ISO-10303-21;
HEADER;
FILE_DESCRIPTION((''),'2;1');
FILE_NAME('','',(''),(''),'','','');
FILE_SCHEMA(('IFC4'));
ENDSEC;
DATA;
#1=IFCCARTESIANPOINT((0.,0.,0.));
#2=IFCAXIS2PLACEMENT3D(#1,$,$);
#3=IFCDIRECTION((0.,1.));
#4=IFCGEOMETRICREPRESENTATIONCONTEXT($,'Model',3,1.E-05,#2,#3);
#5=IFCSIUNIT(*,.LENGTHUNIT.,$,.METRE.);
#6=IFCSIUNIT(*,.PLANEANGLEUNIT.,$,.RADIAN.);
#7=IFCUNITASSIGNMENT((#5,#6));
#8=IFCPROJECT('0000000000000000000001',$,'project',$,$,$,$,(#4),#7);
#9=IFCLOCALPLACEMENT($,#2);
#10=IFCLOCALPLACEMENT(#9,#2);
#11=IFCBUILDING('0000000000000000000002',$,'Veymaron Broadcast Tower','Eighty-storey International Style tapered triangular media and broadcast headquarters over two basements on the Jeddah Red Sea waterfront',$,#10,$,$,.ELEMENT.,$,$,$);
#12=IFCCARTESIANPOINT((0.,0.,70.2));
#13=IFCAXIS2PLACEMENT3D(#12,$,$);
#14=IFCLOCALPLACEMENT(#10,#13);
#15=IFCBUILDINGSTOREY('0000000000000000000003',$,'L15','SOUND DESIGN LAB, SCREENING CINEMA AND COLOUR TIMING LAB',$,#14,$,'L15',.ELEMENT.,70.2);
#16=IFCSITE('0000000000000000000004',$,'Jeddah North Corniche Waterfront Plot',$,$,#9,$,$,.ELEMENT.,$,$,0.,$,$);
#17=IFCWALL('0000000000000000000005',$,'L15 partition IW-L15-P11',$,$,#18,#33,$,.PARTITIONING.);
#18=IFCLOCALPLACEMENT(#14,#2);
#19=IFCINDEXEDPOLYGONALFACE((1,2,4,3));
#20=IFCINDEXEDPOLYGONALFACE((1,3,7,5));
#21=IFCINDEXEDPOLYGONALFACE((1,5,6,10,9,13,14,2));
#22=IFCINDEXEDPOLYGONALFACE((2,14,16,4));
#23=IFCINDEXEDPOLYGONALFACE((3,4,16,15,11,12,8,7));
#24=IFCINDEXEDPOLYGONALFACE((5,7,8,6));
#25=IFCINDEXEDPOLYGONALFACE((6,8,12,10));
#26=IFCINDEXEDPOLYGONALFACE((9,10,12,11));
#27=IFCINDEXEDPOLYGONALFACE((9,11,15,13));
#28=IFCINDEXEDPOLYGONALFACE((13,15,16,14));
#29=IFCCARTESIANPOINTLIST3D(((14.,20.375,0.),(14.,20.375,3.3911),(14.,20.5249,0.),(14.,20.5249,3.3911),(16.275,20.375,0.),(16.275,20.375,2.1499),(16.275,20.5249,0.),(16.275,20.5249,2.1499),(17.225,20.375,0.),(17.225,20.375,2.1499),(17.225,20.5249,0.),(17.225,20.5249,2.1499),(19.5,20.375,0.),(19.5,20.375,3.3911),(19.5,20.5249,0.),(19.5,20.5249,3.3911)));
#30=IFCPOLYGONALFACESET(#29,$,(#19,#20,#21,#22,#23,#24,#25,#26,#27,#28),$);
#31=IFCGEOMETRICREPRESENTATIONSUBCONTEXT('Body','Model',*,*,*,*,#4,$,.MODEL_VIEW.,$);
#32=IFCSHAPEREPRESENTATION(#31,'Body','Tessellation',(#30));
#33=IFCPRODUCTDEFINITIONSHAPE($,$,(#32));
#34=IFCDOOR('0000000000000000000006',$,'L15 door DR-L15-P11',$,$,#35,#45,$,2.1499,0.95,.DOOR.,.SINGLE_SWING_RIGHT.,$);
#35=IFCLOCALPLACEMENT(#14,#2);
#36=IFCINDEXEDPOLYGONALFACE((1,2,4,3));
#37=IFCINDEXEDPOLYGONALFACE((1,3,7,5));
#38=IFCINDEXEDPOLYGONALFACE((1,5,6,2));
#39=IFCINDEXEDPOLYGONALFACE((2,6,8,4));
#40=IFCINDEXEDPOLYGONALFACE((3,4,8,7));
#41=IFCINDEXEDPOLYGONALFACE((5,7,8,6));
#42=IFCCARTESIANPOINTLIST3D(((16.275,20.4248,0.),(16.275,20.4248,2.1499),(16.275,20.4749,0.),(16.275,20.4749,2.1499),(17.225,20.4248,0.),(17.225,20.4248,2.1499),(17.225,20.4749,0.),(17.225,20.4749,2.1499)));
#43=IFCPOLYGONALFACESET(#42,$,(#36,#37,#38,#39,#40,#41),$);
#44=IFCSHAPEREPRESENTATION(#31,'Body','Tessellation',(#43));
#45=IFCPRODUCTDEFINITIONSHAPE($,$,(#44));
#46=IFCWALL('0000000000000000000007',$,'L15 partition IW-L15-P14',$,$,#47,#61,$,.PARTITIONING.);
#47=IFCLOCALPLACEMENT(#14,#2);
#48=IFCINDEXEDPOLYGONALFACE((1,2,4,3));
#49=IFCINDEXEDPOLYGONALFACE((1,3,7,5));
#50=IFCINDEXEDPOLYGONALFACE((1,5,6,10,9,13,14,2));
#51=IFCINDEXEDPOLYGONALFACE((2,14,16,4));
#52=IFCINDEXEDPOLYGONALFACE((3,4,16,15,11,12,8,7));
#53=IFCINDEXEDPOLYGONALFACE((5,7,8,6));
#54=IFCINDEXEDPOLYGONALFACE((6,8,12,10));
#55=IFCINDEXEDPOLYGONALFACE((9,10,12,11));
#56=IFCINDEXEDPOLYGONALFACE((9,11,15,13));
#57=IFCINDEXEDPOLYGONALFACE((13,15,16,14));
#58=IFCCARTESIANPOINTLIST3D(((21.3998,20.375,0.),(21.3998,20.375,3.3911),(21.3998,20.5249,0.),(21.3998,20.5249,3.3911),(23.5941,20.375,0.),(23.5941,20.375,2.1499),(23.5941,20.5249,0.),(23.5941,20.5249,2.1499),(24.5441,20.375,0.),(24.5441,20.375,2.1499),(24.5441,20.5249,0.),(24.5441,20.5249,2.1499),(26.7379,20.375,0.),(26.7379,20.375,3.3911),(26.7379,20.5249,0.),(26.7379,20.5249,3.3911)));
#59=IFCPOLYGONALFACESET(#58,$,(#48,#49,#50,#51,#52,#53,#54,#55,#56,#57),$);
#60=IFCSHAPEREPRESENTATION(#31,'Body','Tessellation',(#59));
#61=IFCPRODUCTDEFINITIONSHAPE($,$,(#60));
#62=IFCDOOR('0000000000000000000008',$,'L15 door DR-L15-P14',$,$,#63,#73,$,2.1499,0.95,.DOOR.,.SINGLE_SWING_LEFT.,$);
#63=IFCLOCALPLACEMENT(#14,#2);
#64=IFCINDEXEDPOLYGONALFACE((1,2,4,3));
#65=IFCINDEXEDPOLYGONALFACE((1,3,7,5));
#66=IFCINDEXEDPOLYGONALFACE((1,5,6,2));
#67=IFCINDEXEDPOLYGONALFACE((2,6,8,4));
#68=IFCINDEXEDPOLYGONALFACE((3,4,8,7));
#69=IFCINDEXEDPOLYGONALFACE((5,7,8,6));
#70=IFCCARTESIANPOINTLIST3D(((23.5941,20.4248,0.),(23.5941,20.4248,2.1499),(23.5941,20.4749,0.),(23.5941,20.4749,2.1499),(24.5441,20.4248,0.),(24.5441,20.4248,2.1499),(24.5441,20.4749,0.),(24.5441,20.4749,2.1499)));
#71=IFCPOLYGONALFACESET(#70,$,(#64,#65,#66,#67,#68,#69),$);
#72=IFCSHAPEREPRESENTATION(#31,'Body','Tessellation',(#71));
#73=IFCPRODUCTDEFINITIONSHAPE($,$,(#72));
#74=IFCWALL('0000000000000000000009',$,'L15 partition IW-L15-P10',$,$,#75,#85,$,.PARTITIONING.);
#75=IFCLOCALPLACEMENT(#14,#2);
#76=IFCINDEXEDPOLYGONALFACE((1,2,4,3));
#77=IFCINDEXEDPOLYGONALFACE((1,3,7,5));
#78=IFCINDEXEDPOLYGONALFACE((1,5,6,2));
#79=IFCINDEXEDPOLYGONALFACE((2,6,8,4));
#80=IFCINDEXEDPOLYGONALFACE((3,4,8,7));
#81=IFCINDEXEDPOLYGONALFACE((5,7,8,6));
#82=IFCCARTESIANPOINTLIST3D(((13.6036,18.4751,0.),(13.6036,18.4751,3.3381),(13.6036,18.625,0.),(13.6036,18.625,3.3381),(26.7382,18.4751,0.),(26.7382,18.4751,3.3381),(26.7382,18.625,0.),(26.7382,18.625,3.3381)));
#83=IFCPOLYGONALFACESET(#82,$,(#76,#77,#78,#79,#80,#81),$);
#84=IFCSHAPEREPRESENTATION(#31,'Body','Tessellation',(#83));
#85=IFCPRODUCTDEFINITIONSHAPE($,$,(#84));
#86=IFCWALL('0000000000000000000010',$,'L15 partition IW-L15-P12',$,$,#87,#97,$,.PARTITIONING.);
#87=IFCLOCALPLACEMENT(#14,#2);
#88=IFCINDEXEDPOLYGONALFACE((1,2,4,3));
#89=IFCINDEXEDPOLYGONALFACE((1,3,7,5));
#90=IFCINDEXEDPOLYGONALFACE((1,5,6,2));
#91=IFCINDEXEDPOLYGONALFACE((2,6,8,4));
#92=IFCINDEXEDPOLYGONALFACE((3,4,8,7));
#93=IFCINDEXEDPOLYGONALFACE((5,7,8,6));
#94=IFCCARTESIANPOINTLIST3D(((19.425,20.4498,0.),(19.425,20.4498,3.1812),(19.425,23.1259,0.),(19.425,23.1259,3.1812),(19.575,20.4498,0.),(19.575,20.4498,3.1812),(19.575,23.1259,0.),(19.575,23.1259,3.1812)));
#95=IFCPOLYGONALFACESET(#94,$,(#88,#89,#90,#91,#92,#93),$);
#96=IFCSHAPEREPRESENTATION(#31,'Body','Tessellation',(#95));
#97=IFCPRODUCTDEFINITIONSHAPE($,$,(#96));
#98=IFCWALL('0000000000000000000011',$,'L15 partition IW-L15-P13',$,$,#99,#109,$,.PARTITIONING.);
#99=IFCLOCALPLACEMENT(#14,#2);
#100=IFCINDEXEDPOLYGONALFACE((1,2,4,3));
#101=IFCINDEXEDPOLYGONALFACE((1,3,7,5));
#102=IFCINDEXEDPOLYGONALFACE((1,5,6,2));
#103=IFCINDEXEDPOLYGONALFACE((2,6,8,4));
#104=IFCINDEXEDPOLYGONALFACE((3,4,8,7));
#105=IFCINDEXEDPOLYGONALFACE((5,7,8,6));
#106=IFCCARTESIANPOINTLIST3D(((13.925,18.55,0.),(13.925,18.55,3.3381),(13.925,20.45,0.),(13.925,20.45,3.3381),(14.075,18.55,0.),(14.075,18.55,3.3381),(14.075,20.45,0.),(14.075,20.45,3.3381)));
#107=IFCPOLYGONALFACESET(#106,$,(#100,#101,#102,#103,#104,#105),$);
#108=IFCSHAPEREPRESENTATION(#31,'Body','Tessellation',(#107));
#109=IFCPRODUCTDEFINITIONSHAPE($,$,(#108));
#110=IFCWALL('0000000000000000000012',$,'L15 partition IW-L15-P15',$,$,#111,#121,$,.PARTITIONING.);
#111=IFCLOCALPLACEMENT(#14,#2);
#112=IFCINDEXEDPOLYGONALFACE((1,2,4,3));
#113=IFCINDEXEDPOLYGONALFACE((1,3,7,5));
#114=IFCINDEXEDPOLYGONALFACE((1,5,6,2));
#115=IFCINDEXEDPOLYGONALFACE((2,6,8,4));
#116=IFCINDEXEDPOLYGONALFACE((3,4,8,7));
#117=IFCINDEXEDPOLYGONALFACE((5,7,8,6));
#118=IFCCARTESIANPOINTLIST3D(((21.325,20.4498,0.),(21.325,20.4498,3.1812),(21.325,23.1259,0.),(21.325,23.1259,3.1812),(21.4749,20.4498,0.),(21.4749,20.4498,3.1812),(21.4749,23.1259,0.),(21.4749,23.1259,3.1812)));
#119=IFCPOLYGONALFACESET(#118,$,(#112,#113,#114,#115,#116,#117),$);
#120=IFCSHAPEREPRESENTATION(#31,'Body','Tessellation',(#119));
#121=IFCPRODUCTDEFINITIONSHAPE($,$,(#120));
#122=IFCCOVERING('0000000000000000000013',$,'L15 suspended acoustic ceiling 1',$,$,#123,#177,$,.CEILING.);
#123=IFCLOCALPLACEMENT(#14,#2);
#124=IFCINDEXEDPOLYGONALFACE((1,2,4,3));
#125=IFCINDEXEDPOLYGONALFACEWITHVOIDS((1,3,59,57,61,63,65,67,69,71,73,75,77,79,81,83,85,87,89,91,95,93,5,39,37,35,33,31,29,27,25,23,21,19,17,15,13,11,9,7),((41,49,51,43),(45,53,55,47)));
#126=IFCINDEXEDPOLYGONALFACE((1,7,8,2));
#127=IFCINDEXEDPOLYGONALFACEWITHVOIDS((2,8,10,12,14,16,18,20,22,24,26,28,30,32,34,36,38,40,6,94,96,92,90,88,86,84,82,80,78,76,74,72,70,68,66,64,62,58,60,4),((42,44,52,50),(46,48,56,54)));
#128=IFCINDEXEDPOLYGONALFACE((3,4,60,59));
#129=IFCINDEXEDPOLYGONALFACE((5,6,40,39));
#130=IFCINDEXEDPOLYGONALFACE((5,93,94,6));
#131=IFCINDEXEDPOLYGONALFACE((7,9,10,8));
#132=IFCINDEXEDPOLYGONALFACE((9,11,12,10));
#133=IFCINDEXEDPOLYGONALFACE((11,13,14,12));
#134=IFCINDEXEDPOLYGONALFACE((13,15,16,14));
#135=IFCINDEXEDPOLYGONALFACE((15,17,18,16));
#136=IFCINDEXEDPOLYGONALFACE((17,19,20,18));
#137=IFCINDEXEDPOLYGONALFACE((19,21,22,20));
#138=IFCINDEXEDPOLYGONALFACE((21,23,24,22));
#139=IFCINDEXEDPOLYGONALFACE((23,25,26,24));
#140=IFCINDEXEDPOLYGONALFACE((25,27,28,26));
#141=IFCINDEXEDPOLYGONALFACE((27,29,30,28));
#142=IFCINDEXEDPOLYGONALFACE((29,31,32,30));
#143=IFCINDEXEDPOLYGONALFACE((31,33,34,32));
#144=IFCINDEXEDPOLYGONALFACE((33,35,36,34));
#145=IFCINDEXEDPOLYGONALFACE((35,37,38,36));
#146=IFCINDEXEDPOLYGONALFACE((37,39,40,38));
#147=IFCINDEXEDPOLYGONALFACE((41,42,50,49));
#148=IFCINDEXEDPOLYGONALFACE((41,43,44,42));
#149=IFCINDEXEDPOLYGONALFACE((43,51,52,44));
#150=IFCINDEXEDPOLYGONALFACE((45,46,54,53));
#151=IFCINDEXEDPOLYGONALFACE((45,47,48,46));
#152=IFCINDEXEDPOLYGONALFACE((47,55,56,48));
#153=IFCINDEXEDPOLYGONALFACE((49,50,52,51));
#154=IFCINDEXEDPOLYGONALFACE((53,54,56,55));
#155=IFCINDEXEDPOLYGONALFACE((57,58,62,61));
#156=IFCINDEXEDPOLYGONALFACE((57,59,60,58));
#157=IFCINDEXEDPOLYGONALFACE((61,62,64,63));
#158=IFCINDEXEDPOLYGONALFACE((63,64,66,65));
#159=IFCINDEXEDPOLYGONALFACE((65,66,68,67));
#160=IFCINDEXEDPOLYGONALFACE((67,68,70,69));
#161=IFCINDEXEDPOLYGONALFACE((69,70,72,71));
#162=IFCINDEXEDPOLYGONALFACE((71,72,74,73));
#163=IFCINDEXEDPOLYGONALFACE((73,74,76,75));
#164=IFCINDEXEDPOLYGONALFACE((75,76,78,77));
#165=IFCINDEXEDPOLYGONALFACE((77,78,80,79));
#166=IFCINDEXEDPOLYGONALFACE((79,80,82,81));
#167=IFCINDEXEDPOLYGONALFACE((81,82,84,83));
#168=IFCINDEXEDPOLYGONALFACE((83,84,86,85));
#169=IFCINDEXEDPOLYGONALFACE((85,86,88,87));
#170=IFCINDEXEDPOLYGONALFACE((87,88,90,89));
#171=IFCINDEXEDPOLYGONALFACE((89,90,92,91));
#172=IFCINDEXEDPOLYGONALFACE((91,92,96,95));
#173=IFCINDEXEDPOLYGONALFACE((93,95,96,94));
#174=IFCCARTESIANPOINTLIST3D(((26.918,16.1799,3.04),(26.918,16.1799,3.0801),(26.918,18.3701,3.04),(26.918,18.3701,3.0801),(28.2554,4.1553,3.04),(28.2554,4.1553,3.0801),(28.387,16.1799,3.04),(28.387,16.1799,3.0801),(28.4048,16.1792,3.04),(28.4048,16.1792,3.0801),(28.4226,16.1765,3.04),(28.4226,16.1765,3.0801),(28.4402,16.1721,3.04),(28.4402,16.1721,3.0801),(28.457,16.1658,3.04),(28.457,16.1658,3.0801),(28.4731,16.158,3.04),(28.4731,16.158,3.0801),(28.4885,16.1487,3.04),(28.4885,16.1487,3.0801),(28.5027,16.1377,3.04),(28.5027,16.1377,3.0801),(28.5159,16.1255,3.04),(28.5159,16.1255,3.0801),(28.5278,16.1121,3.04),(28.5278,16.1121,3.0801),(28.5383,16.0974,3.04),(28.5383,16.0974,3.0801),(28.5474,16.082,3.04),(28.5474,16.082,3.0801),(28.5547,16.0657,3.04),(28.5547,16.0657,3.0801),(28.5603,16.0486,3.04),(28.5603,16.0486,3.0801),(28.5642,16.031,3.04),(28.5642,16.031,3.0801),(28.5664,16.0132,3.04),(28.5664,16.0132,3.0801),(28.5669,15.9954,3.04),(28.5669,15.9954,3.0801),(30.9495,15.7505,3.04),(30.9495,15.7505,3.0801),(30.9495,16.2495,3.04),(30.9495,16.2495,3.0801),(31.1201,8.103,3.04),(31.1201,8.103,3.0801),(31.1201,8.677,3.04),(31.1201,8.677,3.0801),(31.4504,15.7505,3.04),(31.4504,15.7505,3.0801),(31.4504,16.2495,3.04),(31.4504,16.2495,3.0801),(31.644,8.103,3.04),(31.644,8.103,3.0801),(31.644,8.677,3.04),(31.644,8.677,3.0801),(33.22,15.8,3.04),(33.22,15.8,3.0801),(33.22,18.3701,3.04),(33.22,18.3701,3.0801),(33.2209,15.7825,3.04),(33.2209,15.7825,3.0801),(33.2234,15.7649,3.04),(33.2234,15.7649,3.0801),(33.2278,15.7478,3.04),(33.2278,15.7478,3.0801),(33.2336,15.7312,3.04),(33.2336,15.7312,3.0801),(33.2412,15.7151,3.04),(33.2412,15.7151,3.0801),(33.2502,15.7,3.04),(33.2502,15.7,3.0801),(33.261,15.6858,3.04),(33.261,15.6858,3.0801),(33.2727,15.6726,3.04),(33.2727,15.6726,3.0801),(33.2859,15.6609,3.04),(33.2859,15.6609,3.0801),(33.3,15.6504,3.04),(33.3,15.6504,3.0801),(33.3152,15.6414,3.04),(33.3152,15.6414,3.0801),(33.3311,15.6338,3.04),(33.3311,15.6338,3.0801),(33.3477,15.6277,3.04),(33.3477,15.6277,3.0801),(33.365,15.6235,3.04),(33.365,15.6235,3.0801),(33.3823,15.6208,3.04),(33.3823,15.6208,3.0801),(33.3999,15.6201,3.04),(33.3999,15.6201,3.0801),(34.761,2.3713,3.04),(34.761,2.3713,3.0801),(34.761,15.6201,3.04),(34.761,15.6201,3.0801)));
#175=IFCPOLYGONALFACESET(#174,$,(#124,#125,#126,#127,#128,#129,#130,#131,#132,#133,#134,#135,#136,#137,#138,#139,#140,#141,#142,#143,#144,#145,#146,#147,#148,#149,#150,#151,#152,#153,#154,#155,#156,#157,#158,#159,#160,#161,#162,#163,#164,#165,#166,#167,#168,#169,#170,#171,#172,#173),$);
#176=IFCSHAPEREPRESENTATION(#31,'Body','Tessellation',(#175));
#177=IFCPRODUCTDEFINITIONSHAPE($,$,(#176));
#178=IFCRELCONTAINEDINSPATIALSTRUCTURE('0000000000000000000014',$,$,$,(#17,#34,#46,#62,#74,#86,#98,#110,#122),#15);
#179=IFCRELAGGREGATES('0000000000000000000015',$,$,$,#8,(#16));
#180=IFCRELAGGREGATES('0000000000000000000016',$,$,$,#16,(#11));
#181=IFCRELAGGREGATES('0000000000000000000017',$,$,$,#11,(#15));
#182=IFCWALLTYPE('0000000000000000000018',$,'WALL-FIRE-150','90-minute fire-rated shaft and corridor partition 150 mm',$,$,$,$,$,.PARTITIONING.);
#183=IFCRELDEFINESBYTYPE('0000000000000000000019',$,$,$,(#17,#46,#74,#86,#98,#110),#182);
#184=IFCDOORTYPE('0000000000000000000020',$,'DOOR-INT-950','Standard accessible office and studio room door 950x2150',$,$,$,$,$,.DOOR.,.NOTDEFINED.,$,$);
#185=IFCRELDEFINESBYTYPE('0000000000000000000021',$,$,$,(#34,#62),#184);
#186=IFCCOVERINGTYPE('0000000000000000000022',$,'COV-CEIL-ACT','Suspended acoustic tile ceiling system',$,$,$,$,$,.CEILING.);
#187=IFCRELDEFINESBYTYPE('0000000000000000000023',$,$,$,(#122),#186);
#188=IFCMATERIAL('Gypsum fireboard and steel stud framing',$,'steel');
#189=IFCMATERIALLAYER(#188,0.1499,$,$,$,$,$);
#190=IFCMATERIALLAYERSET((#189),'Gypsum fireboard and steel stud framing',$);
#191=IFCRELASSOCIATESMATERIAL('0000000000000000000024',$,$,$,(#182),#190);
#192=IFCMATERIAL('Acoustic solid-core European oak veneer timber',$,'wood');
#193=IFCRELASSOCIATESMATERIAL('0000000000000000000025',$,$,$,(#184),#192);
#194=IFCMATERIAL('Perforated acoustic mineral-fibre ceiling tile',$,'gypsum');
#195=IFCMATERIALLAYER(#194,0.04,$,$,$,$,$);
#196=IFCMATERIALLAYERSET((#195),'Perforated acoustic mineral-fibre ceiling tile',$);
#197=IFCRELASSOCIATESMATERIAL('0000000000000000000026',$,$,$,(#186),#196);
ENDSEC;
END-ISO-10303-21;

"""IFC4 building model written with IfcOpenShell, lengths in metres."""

from ifc_helpers import new_model, si_unit, direction, frame, frame_2d, origin, place, context, subcontext, project, spatial, polyline, rectangle, outline, extrude, material, layer, layer_set, type_object, element, fill, save


model = new_model("IFC4")

# Units and contexts
model_context = context("Model", 3, precision=1e-05, world=origin(), true_north=direction((0.0, 1.0)))
body_context = subcontext(model_context, "Body", "Model", "MODEL_VIEW")
ifc_project = project(units=[si_unit("LENGTHUNIT", "METRE"), si_unit("PLANEANGLEUNIT", "RADIAN")], contexts=[model_context])

# Site, building, storey
site_placement = place(None, origin())
site = spatial("IfcSite", under=ifc_project, at=site_placement, Name="Jeddah North Corniche Waterfront Plot", CompositionType="ELEMENT", RefElevation=0.0)
building_placement = place(site_placement, origin())
building = spatial("IfcBuilding", under=site, at=building_placement, Name="Veymaron Broadcast Tower", Description="Eighty-storey International Style tapered triangular media and broadcast headquarters over two basements on the Jeddah Red Sea waterfront", CompositionType="ELEMENT")
storey_placement = place(building_placement, frame((0.0, 0.0, 70.2)))
storey = spatial("IfcBuildingStorey", under=building, at=storey_placement, Name="L15", Description="SOUND DESIGN LAB, SCREENING CINEMA AND COLOUR TIMING LAB", LongName="L15", CompositionType="ELEMENT", Elevation=70.2)

# Walls, openings, doors
ifc_material_1 = material(Name="Gypsum fireboard and steel stud framing", Category="steel")
ifc_layer_1 = layer(ifc_material_1, 0.1499)
ifc_layer_set_1 = layer_set([ifc_layer_1], Name="Gypsum fireboard and steel stud framing")
wall_type = type_object("IfcWallType", Name="WALL-FIRE-150", Description="90-minute fire-rated shaft and corridor partition 150 mm", PredefinedType="PARTITIONING", material=ifc_layer_set_1)
wall_1_placement = place(storey_placement, frame((14.0, 20.45, 0.0), z_axis=(0.0, 0.0, 1.0), x_axis=(1.0, 0.0, 0.0)))
wall_1 = element("IfcWall", 1, at=wall_1_placement, inside=storey, type_object=wall_type, Name="L15 partition IW-L15-P11", PredefinedType="PARTITIONING", context=body_context, shape_type="SweptSolid", body=[
    extrude(rectangle(XDim=5.5, YDim=0.1499, at=frame_2d((2.75, 0.0))), origin(), (0.0, 0.0, 1.0), 3.3911),
])
opening_1_placement = place(wall_1_placement, frame((2.2749, 0.0, 0.0)))
opening_1 = element("IfcOpeningElement", 2, at=opening_1_placement, cuts=wall_1, PredefinedType="OPENING", context=body_context, shape_type="SweptSolid", body=[
    extrude(rectangle(XDim=0.95, YDim=2.1499, at=frame_2d((0.4751, 1.075))), frame((0.0, 0.085, 0.0), z_axis=(0.0, -1.0, 0.0), x_axis=(1.0, 0.0, 0.0)), (0.0, 0.0, 1.0), 0.1699),
])
ifc_material_2 = material(Name="Acoustic solid-core European oak veneer timber", Category="wood")
door_type = type_object("IfcDoorType", Name="DOOR-INT-950", Description="Standard accessible office and studio room door 950x2150", OperationType="NOTDEFINED", PredefinedType="DOOR", material=ifc_material_2)
door_1_placement = place(opening_1_placement, origin())
door_1 = element("IfcDoor", 3, at=door_1_placement, inside=storey, type_object=door_type, Name="L15 door DR-L15-P11", OperationType="SINGLE_SWING_RIGHT", OverallHeight=2.1499, OverallWidth=0.95, PredefinedType="DOOR", context=body_context, shape_type="SweptSolid", body=[
    extrude(rectangle(XDim=0.95, YDim=2.1499, at=frame_2d((0.4751, 1.075))), frame((0.0, 0.0249, 0.0), z_axis=(0.0, -1.0, 0.0), x_axis=(1.0, 0.0, 0.0)), (0.0, 0.0, 1.0), 0.05),
])
fill(opening_1, door_1)
wall_2_placement = place(storey_placement, frame((21.3999, 20.45, 0.0), z_axis=(0.0, 0.0, 1.0), x_axis=(1.0, 0.0, 0.0)))
wall_2 = element("IfcWall", 4, at=wall_2_placement, inside=storey, type_object=wall_type, Name="L15 partition IW-L15-P14", PredefinedType="PARTITIONING", context=body_context, shape_type="SweptSolid", body=[
    extrude(rectangle(XDim=5.3381, YDim=0.1499, at=frame_2d((2.6689, 0.0))), origin(), (0.0, 0.0, 1.0), 3.3911),
])
opening_2_placement = place(wall_2_placement, frame((2.1941, 0.0, 0.0)))
opening_2 = element("IfcOpeningElement", 5, at=opening_2_placement, cuts=wall_2, PredefinedType="OPENING", context=body_context, shape_type="SweptSolid", body=[
    extrude(rectangle(XDim=0.95, YDim=2.1499, at=frame_2d((0.4751, 1.075))), frame((0.0, 0.085, 0.0), z_axis=(0.0, -1.0, 0.0), x_axis=(1.0, 0.0, 0.0)), (0.0, 0.0, 1.0), 0.1699),
])
door_2_placement = place(opening_2_placement, origin())
door_2 = element("IfcDoor", 6, at=door_2_placement, inside=storey, type_object=door_type, Name="L15 door DR-L15-P14", OperationType="SINGLE_SWING_LEFT", OverallHeight=2.1499, OverallWidth=0.95, PredefinedType="DOOR", context=body_context, shape_type="SweptSolid", body=[
    extrude(rectangle(XDim=0.95, YDim=2.1499, at=frame_2d((0.4751, 1.075))), frame((0.0, 0.0249, 0.0), z_axis=(0.0, -1.0, 0.0), x_axis=(1.0, 0.0, 0.0)), (0.0, 0.0, 1.0), 0.05),
])
fill(opening_2, door_2)

# Walls
wall_3_placement = place(storey_placement, frame((13.6035, 18.55, 0.0), z_axis=(0.0, 0.0, 1.0), x_axis=(1.0, 0.0, 0.0)))
element("IfcWall", 7, at=wall_3_placement, inside=storey, type_object=wall_type, Name="L15 partition IW-L15-P10", PredefinedType="PARTITIONING", context=body_context, shape_type="SweptSolid", body=[
    extrude(rectangle(XDim=13.1345, YDim=0.1499, at=frame_2d((6.5674, 0.0))), origin(), (0.0, 0.0, 1.0), 3.3381),
])
wall_4_placement = place(storey_placement, frame((19.5, 20.45, 0.0), z_axis=(0.0, 0.0, 1.0), x_axis=(0.0, 1.0, 0.0)))
element("IfcWall", 8, at=wall_4_placement, inside=storey, type_object=wall_type, Name="L15 partition IW-L15-P12", PredefinedType="PARTITIONING", context=body_context, shape_type="SweptSolid", body=[
    extrude(rectangle(XDim=2.676, YDim=0.1499, at=frame_2d((1.3379, 0.0))), origin(), (0.0, 0.0, 1.0), 3.1812),
])
wall_5_placement = place(storey_placement, frame((14.0, 18.55, 0.0), z_axis=(0.0, 0.0, 1.0), x_axis=(0.0, 1.0, 0.0)))
element("IfcWall", 9, at=wall_5_placement, inside=storey, type_object=wall_type, Name="L15 partition IW-L15-P13", PredefinedType="PARTITIONING", context=body_context, shape_type="SweptSolid", body=[
    extrude(rectangle(XDim=1.8999, YDim=0.1499, at=frame_2d((0.95, 0.0))), origin(), (0.0, 0.0, 1.0), 3.3381),
])
wall_6_placement = place(storey_placement, frame((21.3999, 20.45, 0.0), z_axis=(0.0, 0.0, 1.0), x_axis=(0.0, 1.0, 0.0)))
element("IfcWall", 10, at=wall_6_placement, inside=storey, type_object=wall_type, Name="L15 partition IW-L15-P15", PredefinedType="PARTITIONING", context=body_context, shape_type="SweptSolid", body=[
    extrude(rectangle(XDim=2.676, YDim=0.1499, at=frame_2d((1.3379, 0.0))), origin(), (0.0, 0.0, 1.0), 3.1812),
])

# Covering
ifc_material_3 = material(Name="Perforated acoustic mineral-fibre ceiling tile", Category="gypsum")
ifc_layer_2 = layer(ifc_material_3, 0.04)
ifc_layer_set_2 = layer_set([ifc_layer_2], Name="Perforated acoustic mineral-fibre ceiling tile")
covering_type_1 = type_object("IfcCoveringType", Name="COV-CEIL-ACT", Description="Suspended acoustic tile ceiling system", PredefinedType="CEILING", material=ifc_layer_set_2)
covering_1_placement = place(storey_placement, frame((0.0, 0.0, 3.04)))
element("IfcCovering", 11, at=covering_1_placement, inside=storey, type_object=covering_type_1, Name="L15 suspended acoustic ceiling 1", PredefinedType="CEILING", context=body_context, shape_type="SweptSolid", body=[
    extrude(outline(polyline([(28.4402, 16.1721), (28.4226, 16.1765), (28.4048, 16.1792), (28.387, 16.1799), (26.918, 16.1799), (26.918, 18.3701), (33.22, 18.3701), (33.22, 15.8), (33.2209, 15.7825), (33.2234, 15.7649), (33.2278, 15.7478), (33.2336, 15.7312), (33.2412, 15.7151), (33.2502, 15.7), (33.261, 15.6858), (33.2727, 15.6726), (33.2859, 15.6609), (33.3, 15.6504), (33.3152, 15.6414), (33.3311, 15.6338), (33.3477, 15.6277), (33.365, 15.6235), (33.3823, 15.6208), (33.3999, 15.6201), (34.761, 15.6201), (34.761, 2.3713), (28.2554, 4.1553), (28.5669, 15.9954), (28.5664, 16.0132), (28.5642, 16.031), (28.5603, 16.0486), (28.5547, 16.0657), (28.5474, 16.082), (28.5383, 16.0974), (28.5278, 16.1121), (28.5159, 16.1255), (28.5027, 16.1377), (28.4885, 16.1487), (28.4731, 16.158), (28.457, 16.1658), (28.4402, 16.1721)]), holes=[polyline([(31.1201, 8.677), (31.1201, 8.103), (31.644, 8.103), (31.644, 8.677), (31.1201, 8.677)]), polyline([(30.9495, 16.2495), (30.9495, 15.7505), (31.4504, 15.7505), (31.4504, 16.2495), (30.9495, 16.2495)])]), origin(), (0.0, 0.0, 1.0), 0.04),
])

save(model, "model.ifc")
